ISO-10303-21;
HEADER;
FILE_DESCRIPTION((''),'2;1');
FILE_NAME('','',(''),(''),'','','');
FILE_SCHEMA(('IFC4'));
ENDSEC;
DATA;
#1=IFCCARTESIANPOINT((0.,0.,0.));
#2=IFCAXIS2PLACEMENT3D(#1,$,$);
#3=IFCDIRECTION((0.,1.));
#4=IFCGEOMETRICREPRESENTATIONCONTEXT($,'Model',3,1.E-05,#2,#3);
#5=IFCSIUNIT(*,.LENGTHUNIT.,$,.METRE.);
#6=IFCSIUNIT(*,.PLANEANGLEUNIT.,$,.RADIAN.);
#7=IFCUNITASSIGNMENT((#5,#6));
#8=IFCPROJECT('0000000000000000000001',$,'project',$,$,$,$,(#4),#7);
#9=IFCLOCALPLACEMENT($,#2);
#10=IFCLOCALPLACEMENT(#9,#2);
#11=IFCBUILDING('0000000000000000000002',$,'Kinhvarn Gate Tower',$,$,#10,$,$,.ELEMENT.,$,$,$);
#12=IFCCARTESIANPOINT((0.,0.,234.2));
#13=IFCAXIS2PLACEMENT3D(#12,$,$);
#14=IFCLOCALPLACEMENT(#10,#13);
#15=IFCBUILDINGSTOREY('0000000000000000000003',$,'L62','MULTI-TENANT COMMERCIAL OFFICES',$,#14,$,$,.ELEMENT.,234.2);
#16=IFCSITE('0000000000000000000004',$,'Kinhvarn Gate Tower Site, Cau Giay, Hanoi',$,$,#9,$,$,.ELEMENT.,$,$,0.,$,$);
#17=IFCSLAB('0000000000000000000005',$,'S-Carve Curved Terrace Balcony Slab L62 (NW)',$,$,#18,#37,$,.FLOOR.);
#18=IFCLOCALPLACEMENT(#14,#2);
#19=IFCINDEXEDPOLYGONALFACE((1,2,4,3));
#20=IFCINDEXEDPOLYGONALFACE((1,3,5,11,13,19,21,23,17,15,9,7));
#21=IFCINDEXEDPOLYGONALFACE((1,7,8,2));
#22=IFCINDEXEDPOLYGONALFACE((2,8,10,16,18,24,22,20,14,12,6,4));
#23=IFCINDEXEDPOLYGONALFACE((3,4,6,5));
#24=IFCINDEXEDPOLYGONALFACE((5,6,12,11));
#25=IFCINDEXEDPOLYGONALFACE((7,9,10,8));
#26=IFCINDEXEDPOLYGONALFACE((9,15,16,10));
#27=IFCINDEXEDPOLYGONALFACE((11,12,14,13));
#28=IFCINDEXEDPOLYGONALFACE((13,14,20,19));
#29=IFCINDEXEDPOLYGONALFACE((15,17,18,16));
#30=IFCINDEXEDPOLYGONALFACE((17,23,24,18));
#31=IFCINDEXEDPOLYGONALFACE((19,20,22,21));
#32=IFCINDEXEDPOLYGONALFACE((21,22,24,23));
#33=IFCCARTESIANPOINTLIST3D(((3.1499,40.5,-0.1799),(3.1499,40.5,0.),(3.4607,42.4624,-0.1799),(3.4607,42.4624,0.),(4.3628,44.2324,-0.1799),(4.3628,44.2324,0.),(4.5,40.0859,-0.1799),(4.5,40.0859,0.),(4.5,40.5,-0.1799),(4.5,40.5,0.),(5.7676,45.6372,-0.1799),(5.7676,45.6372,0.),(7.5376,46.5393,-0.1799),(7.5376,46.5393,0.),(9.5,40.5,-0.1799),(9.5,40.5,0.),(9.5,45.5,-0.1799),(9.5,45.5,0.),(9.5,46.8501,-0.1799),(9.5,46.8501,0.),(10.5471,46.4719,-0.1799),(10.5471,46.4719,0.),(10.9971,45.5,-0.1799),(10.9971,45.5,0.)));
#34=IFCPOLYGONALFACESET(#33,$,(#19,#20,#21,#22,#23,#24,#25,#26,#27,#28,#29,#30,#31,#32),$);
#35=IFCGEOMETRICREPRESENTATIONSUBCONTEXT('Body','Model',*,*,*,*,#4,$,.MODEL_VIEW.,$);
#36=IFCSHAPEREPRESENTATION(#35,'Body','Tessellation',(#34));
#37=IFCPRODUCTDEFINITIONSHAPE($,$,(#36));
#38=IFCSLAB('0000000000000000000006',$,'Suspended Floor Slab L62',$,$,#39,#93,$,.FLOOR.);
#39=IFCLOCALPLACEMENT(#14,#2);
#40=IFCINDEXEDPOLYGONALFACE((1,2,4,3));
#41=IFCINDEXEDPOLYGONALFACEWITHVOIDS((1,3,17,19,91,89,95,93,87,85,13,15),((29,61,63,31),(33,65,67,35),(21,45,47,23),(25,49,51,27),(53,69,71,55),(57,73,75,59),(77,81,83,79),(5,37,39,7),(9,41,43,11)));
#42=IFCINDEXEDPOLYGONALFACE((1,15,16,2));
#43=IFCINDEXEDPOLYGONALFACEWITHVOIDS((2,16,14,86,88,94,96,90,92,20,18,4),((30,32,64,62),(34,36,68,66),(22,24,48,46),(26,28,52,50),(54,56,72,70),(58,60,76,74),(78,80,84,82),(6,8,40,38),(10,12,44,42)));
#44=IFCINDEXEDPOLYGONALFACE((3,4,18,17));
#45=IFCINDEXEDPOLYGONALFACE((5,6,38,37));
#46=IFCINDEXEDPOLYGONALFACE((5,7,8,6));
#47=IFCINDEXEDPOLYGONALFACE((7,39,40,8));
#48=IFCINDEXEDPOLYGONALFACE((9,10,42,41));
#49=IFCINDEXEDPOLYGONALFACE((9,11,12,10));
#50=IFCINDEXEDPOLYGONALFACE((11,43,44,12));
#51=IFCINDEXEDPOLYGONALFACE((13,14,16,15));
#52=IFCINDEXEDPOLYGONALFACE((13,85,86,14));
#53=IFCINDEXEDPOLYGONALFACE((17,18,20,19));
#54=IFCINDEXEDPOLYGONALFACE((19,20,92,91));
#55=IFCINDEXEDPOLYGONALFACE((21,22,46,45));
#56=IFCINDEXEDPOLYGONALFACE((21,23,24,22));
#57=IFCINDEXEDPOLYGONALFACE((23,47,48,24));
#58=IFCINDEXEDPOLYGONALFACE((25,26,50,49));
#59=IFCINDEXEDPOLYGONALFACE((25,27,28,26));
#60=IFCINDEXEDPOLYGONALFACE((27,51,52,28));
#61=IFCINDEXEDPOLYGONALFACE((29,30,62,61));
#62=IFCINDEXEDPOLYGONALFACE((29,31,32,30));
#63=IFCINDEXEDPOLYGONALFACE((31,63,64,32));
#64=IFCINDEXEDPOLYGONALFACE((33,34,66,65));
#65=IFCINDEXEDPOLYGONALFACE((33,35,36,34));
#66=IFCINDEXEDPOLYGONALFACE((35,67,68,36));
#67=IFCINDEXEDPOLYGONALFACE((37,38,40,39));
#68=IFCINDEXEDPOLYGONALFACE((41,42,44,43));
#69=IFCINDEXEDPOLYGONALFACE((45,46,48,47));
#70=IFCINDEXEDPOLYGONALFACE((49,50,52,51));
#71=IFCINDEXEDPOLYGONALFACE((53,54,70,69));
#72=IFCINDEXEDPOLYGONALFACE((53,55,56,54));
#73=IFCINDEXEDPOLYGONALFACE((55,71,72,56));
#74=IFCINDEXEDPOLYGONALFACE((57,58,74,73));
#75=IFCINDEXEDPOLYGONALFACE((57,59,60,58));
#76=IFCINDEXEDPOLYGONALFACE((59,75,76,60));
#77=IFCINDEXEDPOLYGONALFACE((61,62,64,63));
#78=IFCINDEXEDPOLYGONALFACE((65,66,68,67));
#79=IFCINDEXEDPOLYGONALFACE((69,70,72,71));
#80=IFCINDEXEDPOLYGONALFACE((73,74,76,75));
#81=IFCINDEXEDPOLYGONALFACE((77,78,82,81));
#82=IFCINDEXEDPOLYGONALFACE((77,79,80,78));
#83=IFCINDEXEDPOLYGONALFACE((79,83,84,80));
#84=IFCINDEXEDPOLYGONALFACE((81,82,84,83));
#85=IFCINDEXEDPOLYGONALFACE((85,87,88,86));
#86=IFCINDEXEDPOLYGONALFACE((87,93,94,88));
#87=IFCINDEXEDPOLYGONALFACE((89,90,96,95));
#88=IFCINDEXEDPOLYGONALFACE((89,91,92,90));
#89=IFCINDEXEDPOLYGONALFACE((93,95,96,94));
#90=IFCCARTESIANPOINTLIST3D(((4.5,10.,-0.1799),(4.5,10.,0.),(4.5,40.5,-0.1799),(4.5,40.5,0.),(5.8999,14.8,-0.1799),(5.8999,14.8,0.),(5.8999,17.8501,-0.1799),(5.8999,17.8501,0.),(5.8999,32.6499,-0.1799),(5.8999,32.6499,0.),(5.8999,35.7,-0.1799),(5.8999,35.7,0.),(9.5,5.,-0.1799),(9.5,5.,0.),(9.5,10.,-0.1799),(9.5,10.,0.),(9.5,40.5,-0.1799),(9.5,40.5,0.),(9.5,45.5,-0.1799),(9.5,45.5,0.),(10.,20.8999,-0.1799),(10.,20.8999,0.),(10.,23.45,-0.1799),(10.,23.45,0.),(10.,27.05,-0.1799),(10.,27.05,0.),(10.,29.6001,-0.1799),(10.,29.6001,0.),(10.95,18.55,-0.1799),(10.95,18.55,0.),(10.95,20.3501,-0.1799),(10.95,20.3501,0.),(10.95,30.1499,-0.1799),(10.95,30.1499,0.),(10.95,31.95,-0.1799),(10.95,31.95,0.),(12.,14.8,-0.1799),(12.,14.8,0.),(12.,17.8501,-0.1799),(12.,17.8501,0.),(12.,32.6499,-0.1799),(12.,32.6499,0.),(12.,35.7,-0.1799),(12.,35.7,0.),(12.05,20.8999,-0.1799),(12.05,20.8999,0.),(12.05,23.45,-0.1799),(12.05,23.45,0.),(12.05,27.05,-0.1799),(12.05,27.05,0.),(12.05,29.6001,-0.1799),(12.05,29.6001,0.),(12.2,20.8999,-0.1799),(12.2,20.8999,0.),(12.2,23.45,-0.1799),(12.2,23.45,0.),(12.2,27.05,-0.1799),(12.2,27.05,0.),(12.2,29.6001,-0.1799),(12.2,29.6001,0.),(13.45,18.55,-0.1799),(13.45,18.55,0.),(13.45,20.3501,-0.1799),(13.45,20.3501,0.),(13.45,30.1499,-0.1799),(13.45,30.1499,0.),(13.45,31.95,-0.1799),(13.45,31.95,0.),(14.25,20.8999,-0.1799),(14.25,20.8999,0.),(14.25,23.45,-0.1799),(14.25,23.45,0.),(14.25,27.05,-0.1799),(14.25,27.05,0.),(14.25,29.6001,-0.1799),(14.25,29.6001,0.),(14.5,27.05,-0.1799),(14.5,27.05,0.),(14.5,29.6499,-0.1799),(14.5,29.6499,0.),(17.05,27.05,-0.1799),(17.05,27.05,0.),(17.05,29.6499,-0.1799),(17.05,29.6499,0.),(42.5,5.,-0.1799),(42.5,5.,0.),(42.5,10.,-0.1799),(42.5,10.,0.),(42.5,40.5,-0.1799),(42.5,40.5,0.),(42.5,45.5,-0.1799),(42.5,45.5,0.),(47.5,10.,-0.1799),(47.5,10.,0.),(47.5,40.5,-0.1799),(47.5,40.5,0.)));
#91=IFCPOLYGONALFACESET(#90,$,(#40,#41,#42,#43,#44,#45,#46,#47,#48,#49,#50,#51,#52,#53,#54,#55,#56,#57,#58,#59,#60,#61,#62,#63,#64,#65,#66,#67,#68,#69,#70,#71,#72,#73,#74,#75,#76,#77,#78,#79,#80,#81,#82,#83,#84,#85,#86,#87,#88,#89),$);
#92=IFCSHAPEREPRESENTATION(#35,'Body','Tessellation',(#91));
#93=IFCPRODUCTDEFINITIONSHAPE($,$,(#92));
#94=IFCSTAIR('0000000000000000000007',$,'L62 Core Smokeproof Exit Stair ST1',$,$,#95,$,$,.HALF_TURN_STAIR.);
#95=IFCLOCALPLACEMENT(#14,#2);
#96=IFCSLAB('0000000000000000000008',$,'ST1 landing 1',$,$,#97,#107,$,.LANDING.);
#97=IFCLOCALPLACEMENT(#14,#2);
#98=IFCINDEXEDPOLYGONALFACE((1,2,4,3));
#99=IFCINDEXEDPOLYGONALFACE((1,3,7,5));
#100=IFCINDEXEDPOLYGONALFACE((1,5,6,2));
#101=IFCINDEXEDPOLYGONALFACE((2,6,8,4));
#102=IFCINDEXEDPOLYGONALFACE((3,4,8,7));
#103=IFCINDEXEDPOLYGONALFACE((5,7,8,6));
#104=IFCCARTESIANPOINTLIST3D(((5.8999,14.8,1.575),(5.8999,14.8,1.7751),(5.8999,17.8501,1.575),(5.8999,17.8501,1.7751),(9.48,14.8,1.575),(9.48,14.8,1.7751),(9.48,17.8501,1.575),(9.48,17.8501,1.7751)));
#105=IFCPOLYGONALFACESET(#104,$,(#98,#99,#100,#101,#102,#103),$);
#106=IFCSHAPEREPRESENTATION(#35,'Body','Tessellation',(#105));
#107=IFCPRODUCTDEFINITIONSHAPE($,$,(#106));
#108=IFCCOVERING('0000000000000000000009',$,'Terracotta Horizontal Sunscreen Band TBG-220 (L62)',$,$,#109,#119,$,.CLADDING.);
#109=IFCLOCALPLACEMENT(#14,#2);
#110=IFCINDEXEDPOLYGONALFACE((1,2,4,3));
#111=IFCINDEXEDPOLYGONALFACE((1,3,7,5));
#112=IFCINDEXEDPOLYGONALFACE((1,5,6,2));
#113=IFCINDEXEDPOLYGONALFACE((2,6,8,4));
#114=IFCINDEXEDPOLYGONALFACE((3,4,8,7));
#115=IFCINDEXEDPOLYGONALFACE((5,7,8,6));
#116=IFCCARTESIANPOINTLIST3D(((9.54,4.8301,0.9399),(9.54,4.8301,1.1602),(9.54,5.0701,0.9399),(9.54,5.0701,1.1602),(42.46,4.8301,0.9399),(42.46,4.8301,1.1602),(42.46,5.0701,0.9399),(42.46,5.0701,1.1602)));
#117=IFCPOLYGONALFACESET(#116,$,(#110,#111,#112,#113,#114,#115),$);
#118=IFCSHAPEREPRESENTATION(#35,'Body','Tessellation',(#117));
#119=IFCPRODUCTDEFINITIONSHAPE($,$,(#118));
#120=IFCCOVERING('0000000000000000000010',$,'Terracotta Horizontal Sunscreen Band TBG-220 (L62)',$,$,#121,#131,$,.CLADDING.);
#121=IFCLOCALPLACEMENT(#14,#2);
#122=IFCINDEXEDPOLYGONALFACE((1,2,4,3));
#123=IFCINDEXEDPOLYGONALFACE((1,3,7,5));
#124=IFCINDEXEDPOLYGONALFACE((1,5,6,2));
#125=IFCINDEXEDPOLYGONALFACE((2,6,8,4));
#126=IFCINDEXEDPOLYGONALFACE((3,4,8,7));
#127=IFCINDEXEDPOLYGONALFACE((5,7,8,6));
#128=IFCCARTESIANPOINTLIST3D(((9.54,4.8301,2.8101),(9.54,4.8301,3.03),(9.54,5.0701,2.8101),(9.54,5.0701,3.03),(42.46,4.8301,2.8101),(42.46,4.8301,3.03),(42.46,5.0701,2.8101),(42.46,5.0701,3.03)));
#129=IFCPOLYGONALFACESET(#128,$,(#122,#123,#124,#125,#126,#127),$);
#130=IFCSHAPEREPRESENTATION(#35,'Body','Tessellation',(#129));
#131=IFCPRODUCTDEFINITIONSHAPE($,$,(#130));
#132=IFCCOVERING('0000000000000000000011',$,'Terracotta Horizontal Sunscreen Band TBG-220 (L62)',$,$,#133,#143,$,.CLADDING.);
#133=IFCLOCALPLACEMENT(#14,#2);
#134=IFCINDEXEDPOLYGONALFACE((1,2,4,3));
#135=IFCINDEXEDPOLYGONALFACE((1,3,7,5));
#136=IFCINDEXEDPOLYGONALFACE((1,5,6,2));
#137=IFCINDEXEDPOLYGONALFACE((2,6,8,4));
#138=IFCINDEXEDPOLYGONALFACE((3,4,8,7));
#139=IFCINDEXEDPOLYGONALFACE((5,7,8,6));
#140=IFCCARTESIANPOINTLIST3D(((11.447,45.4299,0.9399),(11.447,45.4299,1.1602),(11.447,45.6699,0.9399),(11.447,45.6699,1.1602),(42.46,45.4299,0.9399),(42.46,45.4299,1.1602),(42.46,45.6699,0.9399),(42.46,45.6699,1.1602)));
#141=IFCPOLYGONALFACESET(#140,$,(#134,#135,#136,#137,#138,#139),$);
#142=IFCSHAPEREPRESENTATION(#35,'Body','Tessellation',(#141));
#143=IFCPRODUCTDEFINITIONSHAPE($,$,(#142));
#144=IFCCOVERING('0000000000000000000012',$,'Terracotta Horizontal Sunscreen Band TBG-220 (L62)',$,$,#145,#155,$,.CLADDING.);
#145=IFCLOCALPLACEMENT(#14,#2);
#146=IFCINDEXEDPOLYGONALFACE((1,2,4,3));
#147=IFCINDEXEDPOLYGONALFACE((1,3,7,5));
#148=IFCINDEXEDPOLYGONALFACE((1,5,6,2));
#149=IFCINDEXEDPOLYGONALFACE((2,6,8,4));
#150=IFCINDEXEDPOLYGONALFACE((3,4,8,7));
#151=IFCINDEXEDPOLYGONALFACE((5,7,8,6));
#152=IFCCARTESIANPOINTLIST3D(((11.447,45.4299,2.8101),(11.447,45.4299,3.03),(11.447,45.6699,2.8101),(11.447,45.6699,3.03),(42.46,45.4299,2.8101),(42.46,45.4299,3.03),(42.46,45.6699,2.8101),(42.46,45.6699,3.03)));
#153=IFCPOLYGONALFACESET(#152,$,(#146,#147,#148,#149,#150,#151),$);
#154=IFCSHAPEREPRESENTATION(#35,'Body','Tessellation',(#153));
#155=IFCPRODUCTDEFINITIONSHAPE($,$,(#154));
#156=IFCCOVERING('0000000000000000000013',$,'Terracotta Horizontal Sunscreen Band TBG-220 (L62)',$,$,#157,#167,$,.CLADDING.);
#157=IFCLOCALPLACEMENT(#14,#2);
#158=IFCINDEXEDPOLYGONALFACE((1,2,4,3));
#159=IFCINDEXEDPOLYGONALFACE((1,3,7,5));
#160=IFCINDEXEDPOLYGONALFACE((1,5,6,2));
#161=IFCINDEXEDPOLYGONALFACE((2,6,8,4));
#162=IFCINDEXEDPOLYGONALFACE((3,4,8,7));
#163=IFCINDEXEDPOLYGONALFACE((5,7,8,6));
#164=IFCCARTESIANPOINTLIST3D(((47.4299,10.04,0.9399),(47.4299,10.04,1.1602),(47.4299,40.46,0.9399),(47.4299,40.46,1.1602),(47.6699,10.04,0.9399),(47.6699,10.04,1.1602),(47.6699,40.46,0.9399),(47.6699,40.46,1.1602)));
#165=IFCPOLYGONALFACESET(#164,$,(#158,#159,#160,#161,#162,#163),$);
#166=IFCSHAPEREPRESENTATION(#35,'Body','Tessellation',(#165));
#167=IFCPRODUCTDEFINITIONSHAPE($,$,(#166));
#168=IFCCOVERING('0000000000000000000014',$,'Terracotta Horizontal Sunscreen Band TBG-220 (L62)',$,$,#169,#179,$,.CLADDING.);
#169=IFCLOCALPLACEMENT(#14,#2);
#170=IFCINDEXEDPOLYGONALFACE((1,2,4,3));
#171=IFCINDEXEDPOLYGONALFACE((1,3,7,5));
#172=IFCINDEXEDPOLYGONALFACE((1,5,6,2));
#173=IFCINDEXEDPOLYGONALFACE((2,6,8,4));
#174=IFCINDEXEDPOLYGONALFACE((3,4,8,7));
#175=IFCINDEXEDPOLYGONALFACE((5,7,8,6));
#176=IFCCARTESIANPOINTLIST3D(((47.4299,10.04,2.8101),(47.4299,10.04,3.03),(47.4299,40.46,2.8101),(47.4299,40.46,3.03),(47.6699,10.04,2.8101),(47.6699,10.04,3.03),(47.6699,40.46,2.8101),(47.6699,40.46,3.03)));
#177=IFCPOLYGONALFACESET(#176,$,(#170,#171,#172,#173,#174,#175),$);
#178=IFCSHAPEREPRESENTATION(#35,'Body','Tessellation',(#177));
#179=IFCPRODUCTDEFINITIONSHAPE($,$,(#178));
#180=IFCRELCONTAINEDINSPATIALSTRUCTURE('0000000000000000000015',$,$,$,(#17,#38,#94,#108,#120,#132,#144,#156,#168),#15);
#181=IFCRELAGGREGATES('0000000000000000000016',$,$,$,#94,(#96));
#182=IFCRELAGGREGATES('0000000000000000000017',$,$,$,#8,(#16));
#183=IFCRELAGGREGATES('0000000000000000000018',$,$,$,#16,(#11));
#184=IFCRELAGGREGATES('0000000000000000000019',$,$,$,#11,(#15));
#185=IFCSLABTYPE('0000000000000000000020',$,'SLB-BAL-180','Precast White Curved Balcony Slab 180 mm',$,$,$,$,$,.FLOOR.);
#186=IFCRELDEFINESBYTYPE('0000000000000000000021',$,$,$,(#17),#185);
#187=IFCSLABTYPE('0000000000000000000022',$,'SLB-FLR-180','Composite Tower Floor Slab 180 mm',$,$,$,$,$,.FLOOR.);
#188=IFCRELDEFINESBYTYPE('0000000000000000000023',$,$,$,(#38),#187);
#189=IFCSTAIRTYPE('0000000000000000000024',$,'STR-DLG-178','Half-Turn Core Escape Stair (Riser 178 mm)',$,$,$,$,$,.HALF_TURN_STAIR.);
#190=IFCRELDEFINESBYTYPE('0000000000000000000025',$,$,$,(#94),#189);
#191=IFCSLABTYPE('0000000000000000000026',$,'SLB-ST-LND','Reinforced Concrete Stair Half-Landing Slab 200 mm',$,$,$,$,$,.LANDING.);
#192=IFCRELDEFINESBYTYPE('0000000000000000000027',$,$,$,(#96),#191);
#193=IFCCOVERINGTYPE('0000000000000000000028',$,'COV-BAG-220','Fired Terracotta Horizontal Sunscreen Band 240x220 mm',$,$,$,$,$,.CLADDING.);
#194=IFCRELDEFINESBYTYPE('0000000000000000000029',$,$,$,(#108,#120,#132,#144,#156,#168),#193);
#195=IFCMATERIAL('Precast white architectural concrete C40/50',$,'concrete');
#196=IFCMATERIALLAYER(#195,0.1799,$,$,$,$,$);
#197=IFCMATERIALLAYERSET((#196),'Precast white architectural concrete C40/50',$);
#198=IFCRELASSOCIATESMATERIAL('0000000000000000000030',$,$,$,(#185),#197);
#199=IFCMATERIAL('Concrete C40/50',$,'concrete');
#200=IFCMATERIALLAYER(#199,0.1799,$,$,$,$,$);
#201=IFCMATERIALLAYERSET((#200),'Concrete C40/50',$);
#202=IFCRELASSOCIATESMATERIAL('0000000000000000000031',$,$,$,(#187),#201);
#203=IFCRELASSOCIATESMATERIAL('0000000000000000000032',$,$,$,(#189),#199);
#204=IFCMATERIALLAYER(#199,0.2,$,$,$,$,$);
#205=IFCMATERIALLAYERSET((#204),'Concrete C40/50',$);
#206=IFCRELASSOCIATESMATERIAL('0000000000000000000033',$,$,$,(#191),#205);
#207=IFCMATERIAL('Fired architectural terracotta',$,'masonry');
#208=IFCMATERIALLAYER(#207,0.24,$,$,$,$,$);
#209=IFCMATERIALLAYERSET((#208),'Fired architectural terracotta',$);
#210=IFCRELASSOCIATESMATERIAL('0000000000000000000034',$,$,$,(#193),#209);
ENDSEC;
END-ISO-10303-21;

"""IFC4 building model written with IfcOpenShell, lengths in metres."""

from ifc_helpers import new_model, si_unit, direction, frame, origin, place, context, subcontext, project, spatial, polyline, outline, extrude, material, layer, layer_set, type_object, element, aggregate, save


model = new_model("IFC4")

# Units and contexts
model_context = context("Model", 3, precision=1e-05, world=origin(), true_north=direction((0.0, 1.0)))
body_context = subcontext(model_context, "Body", "Model", "MODEL_VIEW")
ifc_project = project(units=[si_unit("LENGTHUNIT", "METRE"), si_unit("PLANEANGLEUNIT", "RADIAN")], contexts=[model_context])

# Site, building, storey
site_placement = place(None, origin())
site = spatial("IfcSite", under=ifc_project, at=site_placement, Name="Kinhvarn Gate Tower Site, Cau Giay, Hanoi", CompositionType="ELEMENT", RefElevation=0.0)
building_placement = place(site_placement, origin())
building = spatial("IfcBuilding", under=site, at=building_placement, Name="Kinhvarn Gate Tower", CompositionType="ELEMENT")
storey_placement = place(building_placement, frame((0.0, 0.0, 234.2)))
storey = spatial("IfcBuildingStorey", under=building, at=storey_placement, Name="L62", Description="MULTI-TENANT COMMERCIAL OFFICES", CompositionType="ELEMENT", Elevation=234.2)

# Slabs
ifc_material_1 = material(Name="Precast white architectural concrete C40/50", Category="concrete")
ifc_layer_1 = layer(ifc_material_1, 0.1799)
ifc_layer_set_1 = layer_set([ifc_layer_1], Name="Precast white architectural concrete C40/50")
slab_type_1 = type_object("IfcSlabType", Name="SLB-BAL-180", Description="Precast White Curved Balcony Slab 180 mm", PredefinedType="FLOOR", material=ifc_layer_set_1)
slab_1_placement = place(storey_placement, frame((0.0, 0.0, -0.1799)))
element("IfcSlab", 1, at=slab_1_placement, inside=storey, type_object=slab_type_1, Name="S-Carve Curved Terrace Balcony Slab L62 (NW)", PredefinedType="FLOOR", context=body_context, shape_type="SweptSolid", body=[
    extrude(outline(polyline([(10.9971, 45.5), (10.5471, 46.4719), (9.5, 46.8501), (7.5376, 46.5393), (5.7676, 45.6372), (4.3628, 44.2324), (3.4607, 42.4624), (3.1499, 40.5), (4.5, 40.0859), (4.5, 40.5), (9.5, 40.5), (9.5, 45.5), (10.9971, 45.5)])), origin(), (0.0, 0.0, 1.0), 0.1799),
])
ifc_material_2 = material(Name="Concrete C40/50", Category="concrete")
ifc_layer_2 = layer(ifc_material_2, 0.1799)
ifc_layer_set_2 = layer_set([ifc_layer_2], Name="Concrete C40/50")
slab_type_2 = type_object("IfcSlabType", Name="SLB-FLR-180", Description="Composite Tower Floor Slab 180 mm", PredefinedType="FLOOR", material=ifc_layer_set_2)
slab_2_placement = place(storey_placement, frame((0.0, 0.0, -0.1799)))
element("IfcSlab", 2, at=slab_2_placement, inside=storey, type_object=slab_type_2, Name="Suspended Floor Slab L62", PredefinedType="FLOOR", context=body_context, shape_type="SweptSolid", body=[
    extrude(outline(polyline([(9.5, 5.0), (42.5, 5.0), (42.5, 10.0), (47.5, 10.0), (47.5, 40.5), (42.5, 40.5), (42.5, 45.5), (9.5, 45.5), (9.5, 40.5), (4.5, 40.5), (4.5, 10.0), (9.5, 10.0), (9.5, 5.0)]), holes=[polyline([(5.8999, 14.8), (12.0, 14.8), (12.0, 17.8501), (5.8999, 17.8501), (5.8999, 14.8)]), polyline([(5.8999, 32.6499), (12.0, 32.6499), (12.0, 35.7), (5.8999, 35.7), (5.8999, 32.6499)]), polyline([(10.0, 20.8999), (12.05, 20.8999), (12.05, 23.45), (10.0, 23.45), (10.0, 20.8999)]), polyline([(12.2, 20.8999), (14.25, 20.8999), (14.25, 23.45), (12.2, 23.45), (12.2, 20.8999)]), polyline([(10.0, 27.05), (12.05, 27.05), (12.05, 29.6001), (10.0, 29.6001), (10.0, 27.05)]), polyline([(12.2, 27.05), (14.25, 27.05), (14.25, 29.6001), (12.2, 29.6001), (12.2, 27.05)]), polyline([(14.5, 27.05), (17.05, 27.05), (17.05, 29.6499), (14.5, 29.6499), (14.5, 27.05)]), polyline([(10.95, 18.55), (13.45, 18.55), (13.45, 20.3501), (10.95, 20.3501), (10.95, 18.55)]), polyline([(10.95, 30.1499), (13.45, 30.1499), (13.45, 31.95), (10.95, 31.95), (10.95, 30.1499)])]), origin(), (0.0, 0.0, 1.0), 0.1799),
])

# Stair, slab
stair_type = type_object("IfcStairType", Name="STR-DLG-178", Description="Half-Turn Core Escape Stair (Riser 178 mm)", PredefinedType="HALF_TURN_STAIR", material=ifc_material_2)
stair_placement = place(storey_placement, origin())
stair = element("IfcStair", 3, at=stair_placement, inside=storey, type_object=stair_type, Name="L62 Core Smokeproof Exit Stair ST1", PredefinedType="HALF_TURN_STAIR")
ifc_layer_3 = layer(ifc_material_2, 0.2)
ifc_layer_set_3 = layer_set([ifc_layer_3], Name="Concrete C40/50")
slab_type_3 = type_object("IfcSlabType", Name="SLB-ST-LND", Description="Reinforced Concrete Stair Half-Landing Slab 200 mm", PredefinedType="LANDING", material=ifc_layer_set_3)
slab_3_placement = place(storey_placement, frame((0.0, 0.0, 1.575)))
slab_3 = element("IfcSlab", 4, at=slab_3_placement, type_object=slab_type_3, Name="ST1 landing 1", PredefinedType="LANDING", context=body_context, shape_type="SweptSolid", body=[
    extrude(outline(polyline([(9.48, 17.8501), (5.8999, 17.8501), (5.8999, 14.8), (9.48, 14.8), (9.48, 17.8501)])), origin(), (0.0, 0.0, 1.0), 0.2002),
])
aggregate(stair, [slab_3])

# Coverings
ifc_material_3 = material(Name="Fired architectural terracotta", Category="masonry")
ifc_layer_4 = layer(ifc_material_3, 0.24)
ifc_layer_set_4 = layer_set([ifc_layer_4], Name="Fired architectural terracotta")
covering_type_1 = type_object("IfcCoveringType", Name="COV-BAG-220", Description="Fired Terracotta Horizontal Sunscreen Band 240x220 mm", PredefinedType="CLADDING", material=ifc_layer_set_4)
covering_1_placement = place(storey_placement, frame((0.0, 0.0, 0.9399)))
element("IfcCovering", 5, at=covering_1_placement, inside=storey, type_object=covering_type_1, Name="Terracotta Horizontal Sunscreen Band TBG-220 (L62)", PredefinedType="CLADDING", context=body_context, shape_type="SweptSolid", body=[
    extrude(outline(polyline([(9.54, 5.0701), (42.46, 5.0701), (42.46, 4.8301), (9.54, 4.8301), (9.54, 5.0701)])), origin(), (0.0, 0.0, 1.0), 0.2202),
])
covering_2_placement = place(storey_placement, frame((0.0, 0.0, 2.8101)))
element("IfcCovering", 6, at=covering_2_placement, inside=storey, type_object=covering_type_1, Name="Terracotta Horizontal Sunscreen Band TBG-220 (L62)", PredefinedType="CLADDING", context=body_context, shape_type="SweptSolid", body=[
    extrude(outline(polyline([(9.54, 5.0701), (42.46, 5.0701), (42.46, 4.8301), (9.54, 4.8301), (9.54, 5.0701)])), origin(), (0.0, 0.0, 1.0), 0.22),
])
covering_3_placement = place(storey_placement, frame((0.0, 0.0, 0.9399)))
element("IfcCovering", 7, at=covering_3_placement, inside=storey, type_object=covering_type_1, Name="Terracotta Horizontal Sunscreen Band TBG-220 (L62)", PredefinedType="CLADDING", context=body_context, shape_type="SweptSolid", body=[
    extrude(outline(polyline([(42.46, 45.4299), (11.447, 45.4299), (11.447, 45.6699), (42.46, 45.6699), (42.46, 45.4299)])), origin(), (0.0, 0.0, 1.0), 0.2202),
])
covering_4_placement = place(storey_placement, frame((0.0, 0.0, 2.8101)))
element("IfcCovering", 8, at=covering_4_placement, inside=storey, type_object=covering_type_1, Name="Terracotta Horizontal Sunscreen Band TBG-220 (L62)", PredefinedType="CLADDING", context=body_context, shape_type="SweptSolid", body=[
    extrude(outline(polyline([(42.46, 45.4299), (11.447, 45.4299), (11.447, 45.6699), (42.46, 45.6699), (42.46, 45.4299)])), origin(), (0.0, 0.0, 1.0), 0.22),
])
covering_5_placement = place(storey_placement, frame((0.0, 0.0, 0.9399)))
element("IfcCovering", 9, at=covering_5_placement, inside=storey, type_object=covering_type_1, Name="Terracotta Horizontal Sunscreen Band TBG-220 (L62)", PredefinedType="CLADDING", context=body_context, shape_type="SweptSolid", body=[
    extrude(outline(polyline([(47.4299, 10.04), (47.4299, 40.46), (47.6699, 40.46), (47.6699, 10.04), (47.4299, 10.04)])), origin(), (0.0, 0.0, 1.0), 0.2202),
])
covering_6_placement = place(storey_placement, frame((0.0, 0.0, 2.8101)))
element("IfcCovering", 10, at=covering_6_placement, inside=storey, type_object=covering_type_1, Name="Terracotta Horizontal Sunscreen Band TBG-220 (L62)", PredefinedType="CLADDING", context=body_context, shape_type="SweptSolid", body=[
    extrude(outline(polyline([(47.4299, 10.04), (47.4299, 40.46), (47.6699, 40.46), (47.6699, 10.04), (47.4299, 10.04)])), origin(), (0.0, 0.0, 1.0), 0.22),
])

save(model, "model.ifc")
